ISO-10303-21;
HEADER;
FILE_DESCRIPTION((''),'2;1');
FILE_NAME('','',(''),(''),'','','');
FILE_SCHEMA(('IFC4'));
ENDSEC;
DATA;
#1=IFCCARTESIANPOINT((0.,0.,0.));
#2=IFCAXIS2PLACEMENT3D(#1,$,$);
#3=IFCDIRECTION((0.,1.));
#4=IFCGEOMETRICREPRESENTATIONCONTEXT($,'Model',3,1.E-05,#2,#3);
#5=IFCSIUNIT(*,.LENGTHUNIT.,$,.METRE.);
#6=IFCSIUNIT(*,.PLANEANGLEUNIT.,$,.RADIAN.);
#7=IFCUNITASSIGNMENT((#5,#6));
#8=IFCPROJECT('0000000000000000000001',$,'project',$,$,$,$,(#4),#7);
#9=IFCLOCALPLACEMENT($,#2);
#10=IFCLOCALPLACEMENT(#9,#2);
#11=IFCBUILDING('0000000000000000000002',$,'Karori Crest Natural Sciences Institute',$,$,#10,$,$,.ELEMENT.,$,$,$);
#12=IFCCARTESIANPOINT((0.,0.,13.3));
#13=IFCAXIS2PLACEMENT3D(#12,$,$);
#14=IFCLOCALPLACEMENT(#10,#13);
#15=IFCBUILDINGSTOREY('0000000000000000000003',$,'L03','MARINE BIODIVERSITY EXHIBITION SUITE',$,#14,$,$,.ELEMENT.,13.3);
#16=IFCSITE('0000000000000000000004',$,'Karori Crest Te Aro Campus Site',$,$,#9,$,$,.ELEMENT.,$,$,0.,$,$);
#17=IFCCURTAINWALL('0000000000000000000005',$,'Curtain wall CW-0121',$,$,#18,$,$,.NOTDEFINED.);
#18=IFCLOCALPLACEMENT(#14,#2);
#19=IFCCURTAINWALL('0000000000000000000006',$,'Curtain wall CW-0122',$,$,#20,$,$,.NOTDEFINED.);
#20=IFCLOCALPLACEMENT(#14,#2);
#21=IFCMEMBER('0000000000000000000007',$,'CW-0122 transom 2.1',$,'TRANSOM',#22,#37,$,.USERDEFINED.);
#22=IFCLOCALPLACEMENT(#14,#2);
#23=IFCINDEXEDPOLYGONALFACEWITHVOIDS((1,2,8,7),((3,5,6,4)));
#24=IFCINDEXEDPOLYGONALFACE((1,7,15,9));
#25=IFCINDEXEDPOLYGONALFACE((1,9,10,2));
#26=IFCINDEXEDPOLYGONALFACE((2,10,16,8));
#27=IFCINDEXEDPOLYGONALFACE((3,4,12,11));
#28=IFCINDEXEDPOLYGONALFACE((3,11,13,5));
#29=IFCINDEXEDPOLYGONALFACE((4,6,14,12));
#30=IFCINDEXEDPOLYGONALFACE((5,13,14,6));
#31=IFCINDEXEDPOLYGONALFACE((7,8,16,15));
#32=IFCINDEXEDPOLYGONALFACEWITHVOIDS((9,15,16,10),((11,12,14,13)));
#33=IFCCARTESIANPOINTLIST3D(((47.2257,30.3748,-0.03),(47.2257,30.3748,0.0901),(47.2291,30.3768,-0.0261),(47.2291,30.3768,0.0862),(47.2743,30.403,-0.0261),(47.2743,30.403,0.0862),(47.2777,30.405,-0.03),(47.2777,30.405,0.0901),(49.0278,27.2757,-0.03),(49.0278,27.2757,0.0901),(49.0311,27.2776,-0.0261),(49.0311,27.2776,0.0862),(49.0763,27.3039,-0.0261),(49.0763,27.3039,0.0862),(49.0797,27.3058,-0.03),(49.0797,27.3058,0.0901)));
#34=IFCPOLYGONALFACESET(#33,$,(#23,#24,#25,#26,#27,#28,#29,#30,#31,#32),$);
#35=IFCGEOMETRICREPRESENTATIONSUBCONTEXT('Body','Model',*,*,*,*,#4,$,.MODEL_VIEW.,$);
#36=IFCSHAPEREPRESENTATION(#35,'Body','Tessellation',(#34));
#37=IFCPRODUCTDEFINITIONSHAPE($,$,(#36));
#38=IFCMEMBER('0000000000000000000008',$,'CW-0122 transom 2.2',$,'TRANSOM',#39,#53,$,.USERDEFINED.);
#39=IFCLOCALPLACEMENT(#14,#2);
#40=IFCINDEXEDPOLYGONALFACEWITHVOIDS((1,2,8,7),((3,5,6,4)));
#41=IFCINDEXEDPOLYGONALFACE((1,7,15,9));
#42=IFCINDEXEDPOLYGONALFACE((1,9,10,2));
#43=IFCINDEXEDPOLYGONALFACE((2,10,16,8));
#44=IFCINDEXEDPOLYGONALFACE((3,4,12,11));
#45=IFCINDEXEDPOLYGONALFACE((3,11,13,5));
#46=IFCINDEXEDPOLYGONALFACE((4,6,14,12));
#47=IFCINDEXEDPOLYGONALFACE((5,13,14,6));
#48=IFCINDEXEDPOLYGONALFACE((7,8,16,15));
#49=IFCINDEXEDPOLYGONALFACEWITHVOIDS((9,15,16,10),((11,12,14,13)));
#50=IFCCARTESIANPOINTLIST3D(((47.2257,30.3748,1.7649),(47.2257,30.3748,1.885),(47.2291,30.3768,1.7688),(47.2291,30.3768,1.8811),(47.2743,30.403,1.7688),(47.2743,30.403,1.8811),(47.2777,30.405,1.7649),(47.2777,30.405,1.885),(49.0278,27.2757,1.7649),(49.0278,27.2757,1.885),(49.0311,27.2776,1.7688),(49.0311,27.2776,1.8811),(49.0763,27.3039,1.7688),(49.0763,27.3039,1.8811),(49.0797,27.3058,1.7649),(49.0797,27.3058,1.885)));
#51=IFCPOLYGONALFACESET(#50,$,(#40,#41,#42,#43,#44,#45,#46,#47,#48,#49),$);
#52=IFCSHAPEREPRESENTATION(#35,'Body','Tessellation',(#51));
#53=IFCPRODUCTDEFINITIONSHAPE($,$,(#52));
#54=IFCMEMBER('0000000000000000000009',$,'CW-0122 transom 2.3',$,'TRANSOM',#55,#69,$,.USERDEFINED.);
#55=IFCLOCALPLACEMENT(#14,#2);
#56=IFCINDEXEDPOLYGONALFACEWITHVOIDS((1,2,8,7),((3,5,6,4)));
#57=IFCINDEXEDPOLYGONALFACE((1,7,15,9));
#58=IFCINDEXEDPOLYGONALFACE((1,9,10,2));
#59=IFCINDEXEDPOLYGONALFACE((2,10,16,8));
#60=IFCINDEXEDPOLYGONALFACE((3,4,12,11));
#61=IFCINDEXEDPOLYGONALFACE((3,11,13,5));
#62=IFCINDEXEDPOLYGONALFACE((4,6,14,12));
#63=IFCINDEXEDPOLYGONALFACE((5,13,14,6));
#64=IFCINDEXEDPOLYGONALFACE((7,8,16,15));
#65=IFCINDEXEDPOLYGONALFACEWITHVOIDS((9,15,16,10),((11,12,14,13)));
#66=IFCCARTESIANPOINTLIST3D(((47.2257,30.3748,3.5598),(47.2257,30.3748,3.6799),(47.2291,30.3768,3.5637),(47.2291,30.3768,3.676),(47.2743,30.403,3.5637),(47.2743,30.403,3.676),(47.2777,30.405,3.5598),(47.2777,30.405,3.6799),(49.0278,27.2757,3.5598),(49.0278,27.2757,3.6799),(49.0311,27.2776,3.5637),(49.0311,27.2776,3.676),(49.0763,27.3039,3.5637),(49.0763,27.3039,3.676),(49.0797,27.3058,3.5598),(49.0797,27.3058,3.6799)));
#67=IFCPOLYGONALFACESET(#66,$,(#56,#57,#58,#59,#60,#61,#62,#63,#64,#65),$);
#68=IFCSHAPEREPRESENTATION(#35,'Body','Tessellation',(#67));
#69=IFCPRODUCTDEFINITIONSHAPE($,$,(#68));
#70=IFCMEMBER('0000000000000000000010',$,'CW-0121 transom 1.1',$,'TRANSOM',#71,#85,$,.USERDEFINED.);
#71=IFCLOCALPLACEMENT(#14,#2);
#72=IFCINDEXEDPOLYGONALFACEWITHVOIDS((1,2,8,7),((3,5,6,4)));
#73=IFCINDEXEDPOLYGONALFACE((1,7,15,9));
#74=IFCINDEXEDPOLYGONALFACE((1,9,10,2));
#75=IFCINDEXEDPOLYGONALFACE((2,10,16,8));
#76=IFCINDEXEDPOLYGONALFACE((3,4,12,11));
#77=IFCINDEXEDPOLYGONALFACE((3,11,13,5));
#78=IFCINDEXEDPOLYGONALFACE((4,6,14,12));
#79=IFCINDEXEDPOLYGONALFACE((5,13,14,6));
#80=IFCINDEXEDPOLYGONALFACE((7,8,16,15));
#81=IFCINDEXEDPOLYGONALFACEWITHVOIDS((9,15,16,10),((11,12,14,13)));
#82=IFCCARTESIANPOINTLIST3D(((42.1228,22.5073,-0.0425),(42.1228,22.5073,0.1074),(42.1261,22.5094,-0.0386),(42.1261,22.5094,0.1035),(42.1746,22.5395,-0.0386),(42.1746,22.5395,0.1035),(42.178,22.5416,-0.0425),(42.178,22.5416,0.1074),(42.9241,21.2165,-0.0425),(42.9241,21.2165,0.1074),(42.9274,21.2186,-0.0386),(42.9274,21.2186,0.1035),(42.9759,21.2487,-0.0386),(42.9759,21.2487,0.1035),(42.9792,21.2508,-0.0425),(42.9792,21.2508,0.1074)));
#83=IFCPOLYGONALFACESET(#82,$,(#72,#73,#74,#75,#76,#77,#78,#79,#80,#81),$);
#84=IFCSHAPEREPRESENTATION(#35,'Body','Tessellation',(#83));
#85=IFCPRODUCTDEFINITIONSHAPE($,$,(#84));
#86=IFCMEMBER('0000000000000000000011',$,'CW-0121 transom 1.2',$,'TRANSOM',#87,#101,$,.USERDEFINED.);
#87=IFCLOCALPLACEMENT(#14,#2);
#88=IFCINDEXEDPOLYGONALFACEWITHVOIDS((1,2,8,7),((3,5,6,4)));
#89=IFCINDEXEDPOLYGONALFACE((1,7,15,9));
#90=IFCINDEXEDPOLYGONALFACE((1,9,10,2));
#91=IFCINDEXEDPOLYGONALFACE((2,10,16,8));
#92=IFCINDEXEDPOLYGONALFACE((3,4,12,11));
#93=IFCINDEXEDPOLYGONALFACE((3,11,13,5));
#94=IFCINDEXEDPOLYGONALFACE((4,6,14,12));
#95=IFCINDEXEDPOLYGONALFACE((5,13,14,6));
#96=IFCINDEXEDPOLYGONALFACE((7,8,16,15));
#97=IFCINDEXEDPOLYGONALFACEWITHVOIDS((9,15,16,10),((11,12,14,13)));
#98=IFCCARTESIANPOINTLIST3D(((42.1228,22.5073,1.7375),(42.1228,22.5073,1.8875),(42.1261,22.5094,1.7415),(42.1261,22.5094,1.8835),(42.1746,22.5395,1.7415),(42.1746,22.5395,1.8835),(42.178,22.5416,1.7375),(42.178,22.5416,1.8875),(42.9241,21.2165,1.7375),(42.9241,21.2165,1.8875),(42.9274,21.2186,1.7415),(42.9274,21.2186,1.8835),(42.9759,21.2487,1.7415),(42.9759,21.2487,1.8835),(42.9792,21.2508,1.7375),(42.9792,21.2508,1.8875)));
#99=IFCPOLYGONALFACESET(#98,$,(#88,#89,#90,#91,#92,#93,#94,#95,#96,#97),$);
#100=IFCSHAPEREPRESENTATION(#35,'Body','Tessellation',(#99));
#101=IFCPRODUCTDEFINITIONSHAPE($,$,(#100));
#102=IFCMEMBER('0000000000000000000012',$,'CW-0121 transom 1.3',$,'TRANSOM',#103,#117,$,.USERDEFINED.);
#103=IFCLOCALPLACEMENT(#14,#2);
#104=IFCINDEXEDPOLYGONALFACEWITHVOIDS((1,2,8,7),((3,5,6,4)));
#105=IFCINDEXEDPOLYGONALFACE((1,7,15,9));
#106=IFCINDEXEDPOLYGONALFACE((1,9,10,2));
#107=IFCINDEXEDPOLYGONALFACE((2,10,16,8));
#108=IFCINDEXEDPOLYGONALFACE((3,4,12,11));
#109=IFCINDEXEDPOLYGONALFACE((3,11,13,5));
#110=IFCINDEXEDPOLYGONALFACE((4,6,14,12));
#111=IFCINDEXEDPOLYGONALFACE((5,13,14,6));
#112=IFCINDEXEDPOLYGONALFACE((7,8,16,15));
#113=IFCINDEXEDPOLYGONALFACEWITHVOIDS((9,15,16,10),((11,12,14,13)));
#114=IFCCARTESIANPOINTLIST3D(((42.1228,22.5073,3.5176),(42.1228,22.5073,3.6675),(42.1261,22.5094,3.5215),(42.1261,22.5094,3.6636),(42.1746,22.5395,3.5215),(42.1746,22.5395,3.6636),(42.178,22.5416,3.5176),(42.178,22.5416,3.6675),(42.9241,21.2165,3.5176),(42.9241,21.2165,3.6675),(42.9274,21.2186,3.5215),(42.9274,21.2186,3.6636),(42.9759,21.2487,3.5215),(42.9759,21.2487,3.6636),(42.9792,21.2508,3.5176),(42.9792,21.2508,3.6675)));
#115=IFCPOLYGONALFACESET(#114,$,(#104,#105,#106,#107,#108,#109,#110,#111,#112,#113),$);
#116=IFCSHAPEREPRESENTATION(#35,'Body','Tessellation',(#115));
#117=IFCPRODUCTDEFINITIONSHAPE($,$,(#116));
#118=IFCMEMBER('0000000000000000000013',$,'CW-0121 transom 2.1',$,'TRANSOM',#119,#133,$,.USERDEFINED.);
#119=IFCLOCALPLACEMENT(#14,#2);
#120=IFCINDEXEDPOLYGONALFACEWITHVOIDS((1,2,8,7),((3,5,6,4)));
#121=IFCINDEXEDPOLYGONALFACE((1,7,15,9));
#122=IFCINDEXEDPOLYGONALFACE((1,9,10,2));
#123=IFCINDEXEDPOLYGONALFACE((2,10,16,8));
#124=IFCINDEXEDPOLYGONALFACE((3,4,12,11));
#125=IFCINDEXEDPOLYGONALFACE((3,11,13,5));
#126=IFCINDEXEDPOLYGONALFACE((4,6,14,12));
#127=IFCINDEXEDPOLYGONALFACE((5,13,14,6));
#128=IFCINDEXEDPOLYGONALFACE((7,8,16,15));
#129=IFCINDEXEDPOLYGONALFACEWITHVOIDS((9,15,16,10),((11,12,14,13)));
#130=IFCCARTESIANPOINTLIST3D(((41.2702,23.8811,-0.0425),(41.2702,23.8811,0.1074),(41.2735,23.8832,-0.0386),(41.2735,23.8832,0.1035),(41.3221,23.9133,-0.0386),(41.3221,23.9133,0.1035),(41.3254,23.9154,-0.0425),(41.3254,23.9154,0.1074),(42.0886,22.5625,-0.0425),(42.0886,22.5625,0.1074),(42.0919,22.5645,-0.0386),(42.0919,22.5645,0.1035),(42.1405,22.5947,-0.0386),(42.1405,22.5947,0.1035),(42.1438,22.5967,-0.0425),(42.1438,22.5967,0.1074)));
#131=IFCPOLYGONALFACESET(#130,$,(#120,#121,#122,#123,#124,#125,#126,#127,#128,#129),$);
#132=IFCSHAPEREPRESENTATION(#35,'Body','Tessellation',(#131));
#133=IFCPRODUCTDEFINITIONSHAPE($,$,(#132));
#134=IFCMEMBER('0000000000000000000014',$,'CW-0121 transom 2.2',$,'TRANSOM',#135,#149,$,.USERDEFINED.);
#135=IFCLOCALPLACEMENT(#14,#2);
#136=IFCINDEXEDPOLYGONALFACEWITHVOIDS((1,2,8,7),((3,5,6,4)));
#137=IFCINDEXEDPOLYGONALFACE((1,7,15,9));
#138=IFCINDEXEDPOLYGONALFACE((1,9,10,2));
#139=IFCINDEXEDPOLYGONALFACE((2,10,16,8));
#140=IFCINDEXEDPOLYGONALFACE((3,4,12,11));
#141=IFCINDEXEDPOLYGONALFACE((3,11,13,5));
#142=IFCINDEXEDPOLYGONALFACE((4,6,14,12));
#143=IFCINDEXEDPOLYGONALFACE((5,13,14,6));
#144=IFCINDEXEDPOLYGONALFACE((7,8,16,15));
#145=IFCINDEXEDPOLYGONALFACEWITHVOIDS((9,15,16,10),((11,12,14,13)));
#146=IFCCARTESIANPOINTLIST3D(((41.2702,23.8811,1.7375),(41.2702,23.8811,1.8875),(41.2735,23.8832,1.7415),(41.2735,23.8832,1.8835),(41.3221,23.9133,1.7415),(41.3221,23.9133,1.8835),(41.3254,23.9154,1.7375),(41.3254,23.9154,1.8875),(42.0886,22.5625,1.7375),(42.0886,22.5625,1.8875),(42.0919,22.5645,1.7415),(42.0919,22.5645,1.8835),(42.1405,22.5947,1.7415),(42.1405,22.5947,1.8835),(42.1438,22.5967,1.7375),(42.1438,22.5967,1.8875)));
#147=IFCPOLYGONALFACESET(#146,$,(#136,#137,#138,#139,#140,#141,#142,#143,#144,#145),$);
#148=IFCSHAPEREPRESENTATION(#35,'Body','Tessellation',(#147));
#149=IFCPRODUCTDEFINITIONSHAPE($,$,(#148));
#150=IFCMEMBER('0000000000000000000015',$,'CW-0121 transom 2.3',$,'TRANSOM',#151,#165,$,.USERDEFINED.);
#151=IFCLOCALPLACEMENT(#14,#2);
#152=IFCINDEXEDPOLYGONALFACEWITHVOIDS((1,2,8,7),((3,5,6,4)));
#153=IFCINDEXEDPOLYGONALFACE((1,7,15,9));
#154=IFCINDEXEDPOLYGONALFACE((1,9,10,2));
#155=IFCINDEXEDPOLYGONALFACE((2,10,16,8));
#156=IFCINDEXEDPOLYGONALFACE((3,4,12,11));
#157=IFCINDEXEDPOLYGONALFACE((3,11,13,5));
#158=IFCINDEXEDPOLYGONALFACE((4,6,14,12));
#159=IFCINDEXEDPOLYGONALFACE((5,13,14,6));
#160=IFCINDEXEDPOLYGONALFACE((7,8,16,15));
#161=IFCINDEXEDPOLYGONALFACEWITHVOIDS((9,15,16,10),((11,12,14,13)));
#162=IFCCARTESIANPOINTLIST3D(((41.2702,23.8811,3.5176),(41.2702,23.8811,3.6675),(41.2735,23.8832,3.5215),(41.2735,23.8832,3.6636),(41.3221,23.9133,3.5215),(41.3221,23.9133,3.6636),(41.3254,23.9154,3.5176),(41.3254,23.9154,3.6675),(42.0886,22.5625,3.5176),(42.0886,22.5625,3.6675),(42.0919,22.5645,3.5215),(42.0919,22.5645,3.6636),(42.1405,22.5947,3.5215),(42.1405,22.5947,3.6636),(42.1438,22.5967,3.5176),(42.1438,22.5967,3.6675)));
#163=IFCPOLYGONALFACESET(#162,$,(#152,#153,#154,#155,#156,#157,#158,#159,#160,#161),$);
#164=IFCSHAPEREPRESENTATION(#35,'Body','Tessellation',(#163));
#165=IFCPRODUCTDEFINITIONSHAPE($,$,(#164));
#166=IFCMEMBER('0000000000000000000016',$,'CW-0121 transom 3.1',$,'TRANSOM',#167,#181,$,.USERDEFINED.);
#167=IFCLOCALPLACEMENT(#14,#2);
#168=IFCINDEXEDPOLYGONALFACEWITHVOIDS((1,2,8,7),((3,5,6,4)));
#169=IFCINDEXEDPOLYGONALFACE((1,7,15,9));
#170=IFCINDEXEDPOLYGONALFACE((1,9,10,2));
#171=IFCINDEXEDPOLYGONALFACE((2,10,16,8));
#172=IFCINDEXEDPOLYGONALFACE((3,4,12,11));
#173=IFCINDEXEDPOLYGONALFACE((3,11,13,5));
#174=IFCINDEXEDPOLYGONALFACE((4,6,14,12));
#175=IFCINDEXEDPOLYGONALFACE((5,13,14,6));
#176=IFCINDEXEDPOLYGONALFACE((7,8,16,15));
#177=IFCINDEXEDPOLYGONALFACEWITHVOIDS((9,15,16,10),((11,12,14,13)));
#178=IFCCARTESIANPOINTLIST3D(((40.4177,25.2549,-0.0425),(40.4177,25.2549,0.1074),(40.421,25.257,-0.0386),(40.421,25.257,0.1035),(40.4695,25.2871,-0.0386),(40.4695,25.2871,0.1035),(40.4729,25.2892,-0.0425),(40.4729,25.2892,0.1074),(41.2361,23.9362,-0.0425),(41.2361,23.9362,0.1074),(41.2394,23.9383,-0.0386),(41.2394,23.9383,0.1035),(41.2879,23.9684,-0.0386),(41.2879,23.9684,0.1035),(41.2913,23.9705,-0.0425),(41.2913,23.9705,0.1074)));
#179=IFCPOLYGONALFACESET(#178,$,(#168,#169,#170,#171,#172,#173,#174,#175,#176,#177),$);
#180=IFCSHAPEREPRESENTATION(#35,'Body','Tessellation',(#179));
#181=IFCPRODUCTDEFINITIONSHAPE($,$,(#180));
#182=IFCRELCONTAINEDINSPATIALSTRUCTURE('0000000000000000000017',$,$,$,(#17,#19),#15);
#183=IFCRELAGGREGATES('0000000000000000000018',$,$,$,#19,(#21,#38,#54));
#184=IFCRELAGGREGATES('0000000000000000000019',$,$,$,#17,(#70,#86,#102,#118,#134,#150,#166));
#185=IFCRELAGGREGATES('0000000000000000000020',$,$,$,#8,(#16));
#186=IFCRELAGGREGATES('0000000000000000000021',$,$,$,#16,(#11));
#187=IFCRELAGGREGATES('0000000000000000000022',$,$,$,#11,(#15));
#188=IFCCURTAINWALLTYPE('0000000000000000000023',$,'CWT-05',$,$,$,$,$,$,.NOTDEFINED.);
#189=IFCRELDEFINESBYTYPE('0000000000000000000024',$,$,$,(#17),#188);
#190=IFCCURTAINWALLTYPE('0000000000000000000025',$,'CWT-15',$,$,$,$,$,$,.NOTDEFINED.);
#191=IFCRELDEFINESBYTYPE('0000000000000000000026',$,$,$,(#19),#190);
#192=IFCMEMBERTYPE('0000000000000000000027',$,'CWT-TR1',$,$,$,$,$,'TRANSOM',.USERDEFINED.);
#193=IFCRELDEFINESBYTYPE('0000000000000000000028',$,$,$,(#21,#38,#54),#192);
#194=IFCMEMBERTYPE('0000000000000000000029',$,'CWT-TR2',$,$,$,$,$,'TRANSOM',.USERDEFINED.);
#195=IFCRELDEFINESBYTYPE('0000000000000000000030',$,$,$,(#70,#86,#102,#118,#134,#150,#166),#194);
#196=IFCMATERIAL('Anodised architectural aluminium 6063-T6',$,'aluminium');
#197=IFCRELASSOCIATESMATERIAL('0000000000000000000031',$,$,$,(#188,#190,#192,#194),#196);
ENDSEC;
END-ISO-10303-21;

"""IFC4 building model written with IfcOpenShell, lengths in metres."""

from ifc_helpers import new_model, si_unit, direction, frame, origin, origin_2d, place, context, subcontext, project, spatial, hollow_rectangle, extrude, material, material_profile, profile_set, type_object, element, aggregate, save


model = new_model("IFC4")

# Units and contexts
model_context = context("Model", 3, precision=1e-05, world=origin(), true_north=direction((0.0, 1.0)))
body_context = subcontext(model_context, "Body", "Model", "MODEL_VIEW")
ifc_project = project(units=[si_unit("LENGTHUNIT", "METRE"), si_unit("PLANEANGLEUNIT", "RADIAN")], contexts=[model_context])

# Site, building, storey
site_placement = place(None, origin())
site = spatial("IfcSite", under=ifc_project, at=site_placement, Name="Karori Crest Te Aro Campus Site", CompositionType="ELEMENT", RefElevation=0.0)
building_placement = place(site_placement, origin())
building = spatial("IfcBuilding", under=site, at=building_placement, Name="Karori Crest Natural Sciences Institute", CompositionType="ELEMENT")
storey_placement = place(building_placement, frame((0.0, 0.0, 13.3)))
storey = spatial("IfcBuildingStorey", under=building, at=storey_placement, Name="L03", Description="MARINE BIODIVERSITY EXHIBITION SUITE", CompositionType="ELEMENT", Elevation=13.3)

# Curtain walls, members
ifc_material_1 = material(Name="Anodised architectural aluminium 6063-T6", Category="aluminium")
curtain_wall_type_1 = type_object("IfcCurtainWallType", Name="CWT-05", PredefinedType="NOTDEFINED", material=ifc_material_1)
curtain_wall_1_placement = place(storey_placement, origin())
curtain_wall_1 = element("IfcCurtainWall", 1, at=curtain_wall_1_placement, inside=storey, type_object=curtain_wall_type_1, Name="Curtain wall CW-0121", PredefinedType="NOTDEFINED")
curtain_wall_type_2 = type_object("IfcCurtainWallType", Name="CWT-15", PredefinedType="NOTDEFINED", material=ifc_material_1)
curtain_wall_2_placement = place(storey_placement, origin())
curtain_wall_2 = element("IfcCurtainWall", 2, at=curtain_wall_2_placement, inside=storey, type_object=curtain_wall_type_2, Name="Curtain wall CW-0122", PredefinedType="NOTDEFINED")
ifc_material_profile_1 = material_profile(ifc_material_1, hollow_rectangle(XDim=0.0601, YDim=0.1201, WallThickness=0.0039, at=origin_2d()), Name="CWT120x60x4")
ifc_profile_set_1 = profile_set([ifc_material_profile_1], Name="Anodised architectural aluminium 6063-T6")
member_type_1 = type_object("IfcMemberType", Name="CWT-TR1", ElementType="TRANSOM", PredefinedType="USERDEFINED", material=ifc_profile_set_1)
member_1_placement = place(storey_placement, frame((47.2517, 30.3899, 0.03), z_axis=(0.50266, -0.864484, 0.0), x_axis=(0.864484, 0.50266, 0.0)))
member_1 = element("IfcMember", 3, at=member_1_placement, type_object=member_type_1, Name="CW-0122 transom 2.1", ObjectType="TRANSOM", PredefinedType="USERDEFINED", context=body_context, shape_type="SweptSolid", body=[
    extrude(hollow_rectangle(XDim=0.0601, YDim=0.1201, WallThickness=0.0039, at=origin_2d()), origin(), (0.0, 0.0, 1.0), 3.585),
])
member_2_placement = place(storey_placement, frame((47.2517, 30.3899, 1.825), z_axis=(0.50266, -0.864484, 0.0), x_axis=(0.864484, 0.50266, 0.0)))
member_2 = element("IfcMember", 4, at=member_2_placement, type_object=member_type_1, Name="CW-0122 transom 2.2", ObjectType="TRANSOM", PredefinedType="USERDEFINED", context=body_context, shape_type="SweptSolid", body=[
    extrude(hollow_rectangle(XDim=0.0601, YDim=0.1201, WallThickness=0.0039, at=origin_2d()), origin(), (0.0, 0.0, 1.0), 3.585),
])
member_3_placement = place(storey_placement, frame((47.2517, 30.3899, 3.6199), z_axis=(0.50266, -0.864484, 0.0), x_axis=(0.864484, 0.50266, 0.0)))
member_3 = element("IfcMember", 5, at=member_3_placement, type_object=member_type_1, Name="CW-0122 transom 2.3", ObjectType="TRANSOM", PredefinedType="USERDEFINED", context=body_context, shape_type="SweptSolid", body=[
    extrude(hollow_rectangle(XDim=0.0601, YDim=0.1201, WallThickness=0.0039, at=origin_2d()), origin(), (0.0, 0.0, 1.0), 3.585),
])

# Members
ifc_material_profile_2 = material_profile(ifc_material_1, hollow_rectangle(XDim=0.0649, YDim=0.1499, WallThickness=0.0039, at=origin_2d()), Name="CWT150x65x4")
ifc_profile_set_2 = profile_set([ifc_material_profile_2], Name="Anodised architectural aluminium 6063-T6")
member_type_2 = type_object("IfcMemberType", Name="CWT-TR2", ElementType="TRANSOM", PredefinedType="USERDEFINED", material=ifc_profile_set_2)
member_4_placement = place(storey_placement, frame((42.9517, 21.2336, 0.0325), z_axis=(-0.527411, 0.84961, 0.0), x_axis=(-0.84961, -0.527411, 0.0)))
member_4 = element("IfcMember", 6, at=member_4_placement, type_object=member_type_2, Name="CW-0121 transom 1.1", ObjectType="TRANSOM", PredefinedType="USERDEFINED", context=body_context, shape_type="SweptSolid", body=[
    extrude(hollow_rectangle(XDim=0.0649, YDim=0.1499, WallThickness=0.0039, at=origin_2d()), origin(), (0.0, 0.0, 1.0), 1.5193),
])
member_5_placement = place(storey_placement, frame((42.9517, 21.2336, 1.8125), z_axis=(-0.527411, 0.84961, 0.0), x_axis=(-0.84961, -0.527411, 0.0)))
member_5 = element("IfcMember", 7, at=member_5_placement, type_object=member_type_2, Name="CW-0121 transom 1.2", ObjectType="TRANSOM", PredefinedType="USERDEFINED", context=body_context, shape_type="SweptSolid", body=[
    extrude(hollow_rectangle(XDim=0.0649, YDim=0.1499, WallThickness=0.0039, at=origin_2d()), origin(), (0.0, 0.0, 1.0), 1.5193),
])
member_6_placement = place(storey_placement, frame((42.9517, 21.2336, 3.5925), z_axis=(-0.527411, 0.84961, 0.0), x_axis=(-0.84961, -0.527411, 0.0)))
member_6 = element("IfcMember", 8, at=member_6_placement, type_object=member_type_2, Name="CW-0121 transom 1.3", ObjectType="TRANSOM", PredefinedType="USERDEFINED", context=body_context, shape_type="SweptSolid", body=[
    extrude(hollow_rectangle(XDim=0.0649, YDim=0.1499, WallThickness=0.0039, at=origin_2d()), origin(), (0.0, 0.0, 1.0), 1.5193),
])
member_7_placement = place(storey_placement, frame((42.1162, 22.5796, 0.0325), z_axis=(-0.527324, 0.849664, 0.0), x_axis=(-0.849664, -0.527324, 0.0)))
member_7 = element("IfcMember", 9, at=member_7_placement, type_object=member_type_2, Name="CW-0121 transom 2.1", ObjectType="TRANSOM", PredefinedType="USERDEFINED", context=body_context, shape_type="SweptSolid", body=[
    extrude(hollow_rectangle(XDim=0.0649, YDim=0.1499, WallThickness=0.0039, at=origin_2d()), origin(), (0.0, 0.0, 1.0), 1.552),
])
member_8_placement = place(storey_placement, frame((42.1162, 22.5796, 1.8125), z_axis=(-0.527324, 0.849664, 0.0), x_axis=(-0.849664, -0.527324, 0.0)))
member_8 = element("IfcMember", 10, at=member_8_placement, type_object=member_type_2, Name="CW-0121 transom 2.2", ObjectType="TRANSOM", PredefinedType="USERDEFINED", context=body_context, shape_type="SweptSolid", body=[
    extrude(hollow_rectangle(XDim=0.0649, YDim=0.1499, WallThickness=0.0039, at=origin_2d()), origin(), (0.0, 0.0, 1.0), 1.552),
])
member_9_placement = place(storey_placement, frame((42.1162, 22.5796, 3.5925), z_axis=(-0.527324, 0.849664, 0.0), x_axis=(-0.849664, -0.527324, 0.0)))
member_9 = element("IfcMember", 11, at=member_9_placement, type_object=member_type_2, Name="CW-0121 transom 2.3", ObjectType="TRANSOM", PredefinedType="USERDEFINED", context=body_context, shape_type="SweptSolid", body=[
    extrude(hollow_rectangle(XDim=0.0649, YDim=0.1499, WallThickness=0.0039, at=origin_2d()), origin(), (0.0, 0.0, 1.0), 1.552),
])
member_10_placement = place(storey_placement, frame((41.2637, 23.9534, 0.0325), z_axis=(-0.527324, 0.849664, 0.0), x_axis=(-0.849664, -0.527324, 0.0)))
member_10 = element("IfcMember", 12, at=member_10_placement, type_object=member_type_2, Name="CW-0121 transom 3.1", ObjectType="TRANSOM", PredefinedType="USERDEFINED", context=body_context, shape_type="SweptSolid", body=[
    extrude(hollow_rectangle(XDim=0.0649, YDim=0.1499, WallThickness=0.0039, at=origin_2d()), origin(), (0.0, 0.0, 1.0), 1.552),
])

aggregate(curtain_wall_2, [member_1, member_2, member_3])
aggregate(curtain_wall_1, [member_4, member_5, member_6, member_7, member_8, member_9, member_10])

save(model, "model.ifc")
